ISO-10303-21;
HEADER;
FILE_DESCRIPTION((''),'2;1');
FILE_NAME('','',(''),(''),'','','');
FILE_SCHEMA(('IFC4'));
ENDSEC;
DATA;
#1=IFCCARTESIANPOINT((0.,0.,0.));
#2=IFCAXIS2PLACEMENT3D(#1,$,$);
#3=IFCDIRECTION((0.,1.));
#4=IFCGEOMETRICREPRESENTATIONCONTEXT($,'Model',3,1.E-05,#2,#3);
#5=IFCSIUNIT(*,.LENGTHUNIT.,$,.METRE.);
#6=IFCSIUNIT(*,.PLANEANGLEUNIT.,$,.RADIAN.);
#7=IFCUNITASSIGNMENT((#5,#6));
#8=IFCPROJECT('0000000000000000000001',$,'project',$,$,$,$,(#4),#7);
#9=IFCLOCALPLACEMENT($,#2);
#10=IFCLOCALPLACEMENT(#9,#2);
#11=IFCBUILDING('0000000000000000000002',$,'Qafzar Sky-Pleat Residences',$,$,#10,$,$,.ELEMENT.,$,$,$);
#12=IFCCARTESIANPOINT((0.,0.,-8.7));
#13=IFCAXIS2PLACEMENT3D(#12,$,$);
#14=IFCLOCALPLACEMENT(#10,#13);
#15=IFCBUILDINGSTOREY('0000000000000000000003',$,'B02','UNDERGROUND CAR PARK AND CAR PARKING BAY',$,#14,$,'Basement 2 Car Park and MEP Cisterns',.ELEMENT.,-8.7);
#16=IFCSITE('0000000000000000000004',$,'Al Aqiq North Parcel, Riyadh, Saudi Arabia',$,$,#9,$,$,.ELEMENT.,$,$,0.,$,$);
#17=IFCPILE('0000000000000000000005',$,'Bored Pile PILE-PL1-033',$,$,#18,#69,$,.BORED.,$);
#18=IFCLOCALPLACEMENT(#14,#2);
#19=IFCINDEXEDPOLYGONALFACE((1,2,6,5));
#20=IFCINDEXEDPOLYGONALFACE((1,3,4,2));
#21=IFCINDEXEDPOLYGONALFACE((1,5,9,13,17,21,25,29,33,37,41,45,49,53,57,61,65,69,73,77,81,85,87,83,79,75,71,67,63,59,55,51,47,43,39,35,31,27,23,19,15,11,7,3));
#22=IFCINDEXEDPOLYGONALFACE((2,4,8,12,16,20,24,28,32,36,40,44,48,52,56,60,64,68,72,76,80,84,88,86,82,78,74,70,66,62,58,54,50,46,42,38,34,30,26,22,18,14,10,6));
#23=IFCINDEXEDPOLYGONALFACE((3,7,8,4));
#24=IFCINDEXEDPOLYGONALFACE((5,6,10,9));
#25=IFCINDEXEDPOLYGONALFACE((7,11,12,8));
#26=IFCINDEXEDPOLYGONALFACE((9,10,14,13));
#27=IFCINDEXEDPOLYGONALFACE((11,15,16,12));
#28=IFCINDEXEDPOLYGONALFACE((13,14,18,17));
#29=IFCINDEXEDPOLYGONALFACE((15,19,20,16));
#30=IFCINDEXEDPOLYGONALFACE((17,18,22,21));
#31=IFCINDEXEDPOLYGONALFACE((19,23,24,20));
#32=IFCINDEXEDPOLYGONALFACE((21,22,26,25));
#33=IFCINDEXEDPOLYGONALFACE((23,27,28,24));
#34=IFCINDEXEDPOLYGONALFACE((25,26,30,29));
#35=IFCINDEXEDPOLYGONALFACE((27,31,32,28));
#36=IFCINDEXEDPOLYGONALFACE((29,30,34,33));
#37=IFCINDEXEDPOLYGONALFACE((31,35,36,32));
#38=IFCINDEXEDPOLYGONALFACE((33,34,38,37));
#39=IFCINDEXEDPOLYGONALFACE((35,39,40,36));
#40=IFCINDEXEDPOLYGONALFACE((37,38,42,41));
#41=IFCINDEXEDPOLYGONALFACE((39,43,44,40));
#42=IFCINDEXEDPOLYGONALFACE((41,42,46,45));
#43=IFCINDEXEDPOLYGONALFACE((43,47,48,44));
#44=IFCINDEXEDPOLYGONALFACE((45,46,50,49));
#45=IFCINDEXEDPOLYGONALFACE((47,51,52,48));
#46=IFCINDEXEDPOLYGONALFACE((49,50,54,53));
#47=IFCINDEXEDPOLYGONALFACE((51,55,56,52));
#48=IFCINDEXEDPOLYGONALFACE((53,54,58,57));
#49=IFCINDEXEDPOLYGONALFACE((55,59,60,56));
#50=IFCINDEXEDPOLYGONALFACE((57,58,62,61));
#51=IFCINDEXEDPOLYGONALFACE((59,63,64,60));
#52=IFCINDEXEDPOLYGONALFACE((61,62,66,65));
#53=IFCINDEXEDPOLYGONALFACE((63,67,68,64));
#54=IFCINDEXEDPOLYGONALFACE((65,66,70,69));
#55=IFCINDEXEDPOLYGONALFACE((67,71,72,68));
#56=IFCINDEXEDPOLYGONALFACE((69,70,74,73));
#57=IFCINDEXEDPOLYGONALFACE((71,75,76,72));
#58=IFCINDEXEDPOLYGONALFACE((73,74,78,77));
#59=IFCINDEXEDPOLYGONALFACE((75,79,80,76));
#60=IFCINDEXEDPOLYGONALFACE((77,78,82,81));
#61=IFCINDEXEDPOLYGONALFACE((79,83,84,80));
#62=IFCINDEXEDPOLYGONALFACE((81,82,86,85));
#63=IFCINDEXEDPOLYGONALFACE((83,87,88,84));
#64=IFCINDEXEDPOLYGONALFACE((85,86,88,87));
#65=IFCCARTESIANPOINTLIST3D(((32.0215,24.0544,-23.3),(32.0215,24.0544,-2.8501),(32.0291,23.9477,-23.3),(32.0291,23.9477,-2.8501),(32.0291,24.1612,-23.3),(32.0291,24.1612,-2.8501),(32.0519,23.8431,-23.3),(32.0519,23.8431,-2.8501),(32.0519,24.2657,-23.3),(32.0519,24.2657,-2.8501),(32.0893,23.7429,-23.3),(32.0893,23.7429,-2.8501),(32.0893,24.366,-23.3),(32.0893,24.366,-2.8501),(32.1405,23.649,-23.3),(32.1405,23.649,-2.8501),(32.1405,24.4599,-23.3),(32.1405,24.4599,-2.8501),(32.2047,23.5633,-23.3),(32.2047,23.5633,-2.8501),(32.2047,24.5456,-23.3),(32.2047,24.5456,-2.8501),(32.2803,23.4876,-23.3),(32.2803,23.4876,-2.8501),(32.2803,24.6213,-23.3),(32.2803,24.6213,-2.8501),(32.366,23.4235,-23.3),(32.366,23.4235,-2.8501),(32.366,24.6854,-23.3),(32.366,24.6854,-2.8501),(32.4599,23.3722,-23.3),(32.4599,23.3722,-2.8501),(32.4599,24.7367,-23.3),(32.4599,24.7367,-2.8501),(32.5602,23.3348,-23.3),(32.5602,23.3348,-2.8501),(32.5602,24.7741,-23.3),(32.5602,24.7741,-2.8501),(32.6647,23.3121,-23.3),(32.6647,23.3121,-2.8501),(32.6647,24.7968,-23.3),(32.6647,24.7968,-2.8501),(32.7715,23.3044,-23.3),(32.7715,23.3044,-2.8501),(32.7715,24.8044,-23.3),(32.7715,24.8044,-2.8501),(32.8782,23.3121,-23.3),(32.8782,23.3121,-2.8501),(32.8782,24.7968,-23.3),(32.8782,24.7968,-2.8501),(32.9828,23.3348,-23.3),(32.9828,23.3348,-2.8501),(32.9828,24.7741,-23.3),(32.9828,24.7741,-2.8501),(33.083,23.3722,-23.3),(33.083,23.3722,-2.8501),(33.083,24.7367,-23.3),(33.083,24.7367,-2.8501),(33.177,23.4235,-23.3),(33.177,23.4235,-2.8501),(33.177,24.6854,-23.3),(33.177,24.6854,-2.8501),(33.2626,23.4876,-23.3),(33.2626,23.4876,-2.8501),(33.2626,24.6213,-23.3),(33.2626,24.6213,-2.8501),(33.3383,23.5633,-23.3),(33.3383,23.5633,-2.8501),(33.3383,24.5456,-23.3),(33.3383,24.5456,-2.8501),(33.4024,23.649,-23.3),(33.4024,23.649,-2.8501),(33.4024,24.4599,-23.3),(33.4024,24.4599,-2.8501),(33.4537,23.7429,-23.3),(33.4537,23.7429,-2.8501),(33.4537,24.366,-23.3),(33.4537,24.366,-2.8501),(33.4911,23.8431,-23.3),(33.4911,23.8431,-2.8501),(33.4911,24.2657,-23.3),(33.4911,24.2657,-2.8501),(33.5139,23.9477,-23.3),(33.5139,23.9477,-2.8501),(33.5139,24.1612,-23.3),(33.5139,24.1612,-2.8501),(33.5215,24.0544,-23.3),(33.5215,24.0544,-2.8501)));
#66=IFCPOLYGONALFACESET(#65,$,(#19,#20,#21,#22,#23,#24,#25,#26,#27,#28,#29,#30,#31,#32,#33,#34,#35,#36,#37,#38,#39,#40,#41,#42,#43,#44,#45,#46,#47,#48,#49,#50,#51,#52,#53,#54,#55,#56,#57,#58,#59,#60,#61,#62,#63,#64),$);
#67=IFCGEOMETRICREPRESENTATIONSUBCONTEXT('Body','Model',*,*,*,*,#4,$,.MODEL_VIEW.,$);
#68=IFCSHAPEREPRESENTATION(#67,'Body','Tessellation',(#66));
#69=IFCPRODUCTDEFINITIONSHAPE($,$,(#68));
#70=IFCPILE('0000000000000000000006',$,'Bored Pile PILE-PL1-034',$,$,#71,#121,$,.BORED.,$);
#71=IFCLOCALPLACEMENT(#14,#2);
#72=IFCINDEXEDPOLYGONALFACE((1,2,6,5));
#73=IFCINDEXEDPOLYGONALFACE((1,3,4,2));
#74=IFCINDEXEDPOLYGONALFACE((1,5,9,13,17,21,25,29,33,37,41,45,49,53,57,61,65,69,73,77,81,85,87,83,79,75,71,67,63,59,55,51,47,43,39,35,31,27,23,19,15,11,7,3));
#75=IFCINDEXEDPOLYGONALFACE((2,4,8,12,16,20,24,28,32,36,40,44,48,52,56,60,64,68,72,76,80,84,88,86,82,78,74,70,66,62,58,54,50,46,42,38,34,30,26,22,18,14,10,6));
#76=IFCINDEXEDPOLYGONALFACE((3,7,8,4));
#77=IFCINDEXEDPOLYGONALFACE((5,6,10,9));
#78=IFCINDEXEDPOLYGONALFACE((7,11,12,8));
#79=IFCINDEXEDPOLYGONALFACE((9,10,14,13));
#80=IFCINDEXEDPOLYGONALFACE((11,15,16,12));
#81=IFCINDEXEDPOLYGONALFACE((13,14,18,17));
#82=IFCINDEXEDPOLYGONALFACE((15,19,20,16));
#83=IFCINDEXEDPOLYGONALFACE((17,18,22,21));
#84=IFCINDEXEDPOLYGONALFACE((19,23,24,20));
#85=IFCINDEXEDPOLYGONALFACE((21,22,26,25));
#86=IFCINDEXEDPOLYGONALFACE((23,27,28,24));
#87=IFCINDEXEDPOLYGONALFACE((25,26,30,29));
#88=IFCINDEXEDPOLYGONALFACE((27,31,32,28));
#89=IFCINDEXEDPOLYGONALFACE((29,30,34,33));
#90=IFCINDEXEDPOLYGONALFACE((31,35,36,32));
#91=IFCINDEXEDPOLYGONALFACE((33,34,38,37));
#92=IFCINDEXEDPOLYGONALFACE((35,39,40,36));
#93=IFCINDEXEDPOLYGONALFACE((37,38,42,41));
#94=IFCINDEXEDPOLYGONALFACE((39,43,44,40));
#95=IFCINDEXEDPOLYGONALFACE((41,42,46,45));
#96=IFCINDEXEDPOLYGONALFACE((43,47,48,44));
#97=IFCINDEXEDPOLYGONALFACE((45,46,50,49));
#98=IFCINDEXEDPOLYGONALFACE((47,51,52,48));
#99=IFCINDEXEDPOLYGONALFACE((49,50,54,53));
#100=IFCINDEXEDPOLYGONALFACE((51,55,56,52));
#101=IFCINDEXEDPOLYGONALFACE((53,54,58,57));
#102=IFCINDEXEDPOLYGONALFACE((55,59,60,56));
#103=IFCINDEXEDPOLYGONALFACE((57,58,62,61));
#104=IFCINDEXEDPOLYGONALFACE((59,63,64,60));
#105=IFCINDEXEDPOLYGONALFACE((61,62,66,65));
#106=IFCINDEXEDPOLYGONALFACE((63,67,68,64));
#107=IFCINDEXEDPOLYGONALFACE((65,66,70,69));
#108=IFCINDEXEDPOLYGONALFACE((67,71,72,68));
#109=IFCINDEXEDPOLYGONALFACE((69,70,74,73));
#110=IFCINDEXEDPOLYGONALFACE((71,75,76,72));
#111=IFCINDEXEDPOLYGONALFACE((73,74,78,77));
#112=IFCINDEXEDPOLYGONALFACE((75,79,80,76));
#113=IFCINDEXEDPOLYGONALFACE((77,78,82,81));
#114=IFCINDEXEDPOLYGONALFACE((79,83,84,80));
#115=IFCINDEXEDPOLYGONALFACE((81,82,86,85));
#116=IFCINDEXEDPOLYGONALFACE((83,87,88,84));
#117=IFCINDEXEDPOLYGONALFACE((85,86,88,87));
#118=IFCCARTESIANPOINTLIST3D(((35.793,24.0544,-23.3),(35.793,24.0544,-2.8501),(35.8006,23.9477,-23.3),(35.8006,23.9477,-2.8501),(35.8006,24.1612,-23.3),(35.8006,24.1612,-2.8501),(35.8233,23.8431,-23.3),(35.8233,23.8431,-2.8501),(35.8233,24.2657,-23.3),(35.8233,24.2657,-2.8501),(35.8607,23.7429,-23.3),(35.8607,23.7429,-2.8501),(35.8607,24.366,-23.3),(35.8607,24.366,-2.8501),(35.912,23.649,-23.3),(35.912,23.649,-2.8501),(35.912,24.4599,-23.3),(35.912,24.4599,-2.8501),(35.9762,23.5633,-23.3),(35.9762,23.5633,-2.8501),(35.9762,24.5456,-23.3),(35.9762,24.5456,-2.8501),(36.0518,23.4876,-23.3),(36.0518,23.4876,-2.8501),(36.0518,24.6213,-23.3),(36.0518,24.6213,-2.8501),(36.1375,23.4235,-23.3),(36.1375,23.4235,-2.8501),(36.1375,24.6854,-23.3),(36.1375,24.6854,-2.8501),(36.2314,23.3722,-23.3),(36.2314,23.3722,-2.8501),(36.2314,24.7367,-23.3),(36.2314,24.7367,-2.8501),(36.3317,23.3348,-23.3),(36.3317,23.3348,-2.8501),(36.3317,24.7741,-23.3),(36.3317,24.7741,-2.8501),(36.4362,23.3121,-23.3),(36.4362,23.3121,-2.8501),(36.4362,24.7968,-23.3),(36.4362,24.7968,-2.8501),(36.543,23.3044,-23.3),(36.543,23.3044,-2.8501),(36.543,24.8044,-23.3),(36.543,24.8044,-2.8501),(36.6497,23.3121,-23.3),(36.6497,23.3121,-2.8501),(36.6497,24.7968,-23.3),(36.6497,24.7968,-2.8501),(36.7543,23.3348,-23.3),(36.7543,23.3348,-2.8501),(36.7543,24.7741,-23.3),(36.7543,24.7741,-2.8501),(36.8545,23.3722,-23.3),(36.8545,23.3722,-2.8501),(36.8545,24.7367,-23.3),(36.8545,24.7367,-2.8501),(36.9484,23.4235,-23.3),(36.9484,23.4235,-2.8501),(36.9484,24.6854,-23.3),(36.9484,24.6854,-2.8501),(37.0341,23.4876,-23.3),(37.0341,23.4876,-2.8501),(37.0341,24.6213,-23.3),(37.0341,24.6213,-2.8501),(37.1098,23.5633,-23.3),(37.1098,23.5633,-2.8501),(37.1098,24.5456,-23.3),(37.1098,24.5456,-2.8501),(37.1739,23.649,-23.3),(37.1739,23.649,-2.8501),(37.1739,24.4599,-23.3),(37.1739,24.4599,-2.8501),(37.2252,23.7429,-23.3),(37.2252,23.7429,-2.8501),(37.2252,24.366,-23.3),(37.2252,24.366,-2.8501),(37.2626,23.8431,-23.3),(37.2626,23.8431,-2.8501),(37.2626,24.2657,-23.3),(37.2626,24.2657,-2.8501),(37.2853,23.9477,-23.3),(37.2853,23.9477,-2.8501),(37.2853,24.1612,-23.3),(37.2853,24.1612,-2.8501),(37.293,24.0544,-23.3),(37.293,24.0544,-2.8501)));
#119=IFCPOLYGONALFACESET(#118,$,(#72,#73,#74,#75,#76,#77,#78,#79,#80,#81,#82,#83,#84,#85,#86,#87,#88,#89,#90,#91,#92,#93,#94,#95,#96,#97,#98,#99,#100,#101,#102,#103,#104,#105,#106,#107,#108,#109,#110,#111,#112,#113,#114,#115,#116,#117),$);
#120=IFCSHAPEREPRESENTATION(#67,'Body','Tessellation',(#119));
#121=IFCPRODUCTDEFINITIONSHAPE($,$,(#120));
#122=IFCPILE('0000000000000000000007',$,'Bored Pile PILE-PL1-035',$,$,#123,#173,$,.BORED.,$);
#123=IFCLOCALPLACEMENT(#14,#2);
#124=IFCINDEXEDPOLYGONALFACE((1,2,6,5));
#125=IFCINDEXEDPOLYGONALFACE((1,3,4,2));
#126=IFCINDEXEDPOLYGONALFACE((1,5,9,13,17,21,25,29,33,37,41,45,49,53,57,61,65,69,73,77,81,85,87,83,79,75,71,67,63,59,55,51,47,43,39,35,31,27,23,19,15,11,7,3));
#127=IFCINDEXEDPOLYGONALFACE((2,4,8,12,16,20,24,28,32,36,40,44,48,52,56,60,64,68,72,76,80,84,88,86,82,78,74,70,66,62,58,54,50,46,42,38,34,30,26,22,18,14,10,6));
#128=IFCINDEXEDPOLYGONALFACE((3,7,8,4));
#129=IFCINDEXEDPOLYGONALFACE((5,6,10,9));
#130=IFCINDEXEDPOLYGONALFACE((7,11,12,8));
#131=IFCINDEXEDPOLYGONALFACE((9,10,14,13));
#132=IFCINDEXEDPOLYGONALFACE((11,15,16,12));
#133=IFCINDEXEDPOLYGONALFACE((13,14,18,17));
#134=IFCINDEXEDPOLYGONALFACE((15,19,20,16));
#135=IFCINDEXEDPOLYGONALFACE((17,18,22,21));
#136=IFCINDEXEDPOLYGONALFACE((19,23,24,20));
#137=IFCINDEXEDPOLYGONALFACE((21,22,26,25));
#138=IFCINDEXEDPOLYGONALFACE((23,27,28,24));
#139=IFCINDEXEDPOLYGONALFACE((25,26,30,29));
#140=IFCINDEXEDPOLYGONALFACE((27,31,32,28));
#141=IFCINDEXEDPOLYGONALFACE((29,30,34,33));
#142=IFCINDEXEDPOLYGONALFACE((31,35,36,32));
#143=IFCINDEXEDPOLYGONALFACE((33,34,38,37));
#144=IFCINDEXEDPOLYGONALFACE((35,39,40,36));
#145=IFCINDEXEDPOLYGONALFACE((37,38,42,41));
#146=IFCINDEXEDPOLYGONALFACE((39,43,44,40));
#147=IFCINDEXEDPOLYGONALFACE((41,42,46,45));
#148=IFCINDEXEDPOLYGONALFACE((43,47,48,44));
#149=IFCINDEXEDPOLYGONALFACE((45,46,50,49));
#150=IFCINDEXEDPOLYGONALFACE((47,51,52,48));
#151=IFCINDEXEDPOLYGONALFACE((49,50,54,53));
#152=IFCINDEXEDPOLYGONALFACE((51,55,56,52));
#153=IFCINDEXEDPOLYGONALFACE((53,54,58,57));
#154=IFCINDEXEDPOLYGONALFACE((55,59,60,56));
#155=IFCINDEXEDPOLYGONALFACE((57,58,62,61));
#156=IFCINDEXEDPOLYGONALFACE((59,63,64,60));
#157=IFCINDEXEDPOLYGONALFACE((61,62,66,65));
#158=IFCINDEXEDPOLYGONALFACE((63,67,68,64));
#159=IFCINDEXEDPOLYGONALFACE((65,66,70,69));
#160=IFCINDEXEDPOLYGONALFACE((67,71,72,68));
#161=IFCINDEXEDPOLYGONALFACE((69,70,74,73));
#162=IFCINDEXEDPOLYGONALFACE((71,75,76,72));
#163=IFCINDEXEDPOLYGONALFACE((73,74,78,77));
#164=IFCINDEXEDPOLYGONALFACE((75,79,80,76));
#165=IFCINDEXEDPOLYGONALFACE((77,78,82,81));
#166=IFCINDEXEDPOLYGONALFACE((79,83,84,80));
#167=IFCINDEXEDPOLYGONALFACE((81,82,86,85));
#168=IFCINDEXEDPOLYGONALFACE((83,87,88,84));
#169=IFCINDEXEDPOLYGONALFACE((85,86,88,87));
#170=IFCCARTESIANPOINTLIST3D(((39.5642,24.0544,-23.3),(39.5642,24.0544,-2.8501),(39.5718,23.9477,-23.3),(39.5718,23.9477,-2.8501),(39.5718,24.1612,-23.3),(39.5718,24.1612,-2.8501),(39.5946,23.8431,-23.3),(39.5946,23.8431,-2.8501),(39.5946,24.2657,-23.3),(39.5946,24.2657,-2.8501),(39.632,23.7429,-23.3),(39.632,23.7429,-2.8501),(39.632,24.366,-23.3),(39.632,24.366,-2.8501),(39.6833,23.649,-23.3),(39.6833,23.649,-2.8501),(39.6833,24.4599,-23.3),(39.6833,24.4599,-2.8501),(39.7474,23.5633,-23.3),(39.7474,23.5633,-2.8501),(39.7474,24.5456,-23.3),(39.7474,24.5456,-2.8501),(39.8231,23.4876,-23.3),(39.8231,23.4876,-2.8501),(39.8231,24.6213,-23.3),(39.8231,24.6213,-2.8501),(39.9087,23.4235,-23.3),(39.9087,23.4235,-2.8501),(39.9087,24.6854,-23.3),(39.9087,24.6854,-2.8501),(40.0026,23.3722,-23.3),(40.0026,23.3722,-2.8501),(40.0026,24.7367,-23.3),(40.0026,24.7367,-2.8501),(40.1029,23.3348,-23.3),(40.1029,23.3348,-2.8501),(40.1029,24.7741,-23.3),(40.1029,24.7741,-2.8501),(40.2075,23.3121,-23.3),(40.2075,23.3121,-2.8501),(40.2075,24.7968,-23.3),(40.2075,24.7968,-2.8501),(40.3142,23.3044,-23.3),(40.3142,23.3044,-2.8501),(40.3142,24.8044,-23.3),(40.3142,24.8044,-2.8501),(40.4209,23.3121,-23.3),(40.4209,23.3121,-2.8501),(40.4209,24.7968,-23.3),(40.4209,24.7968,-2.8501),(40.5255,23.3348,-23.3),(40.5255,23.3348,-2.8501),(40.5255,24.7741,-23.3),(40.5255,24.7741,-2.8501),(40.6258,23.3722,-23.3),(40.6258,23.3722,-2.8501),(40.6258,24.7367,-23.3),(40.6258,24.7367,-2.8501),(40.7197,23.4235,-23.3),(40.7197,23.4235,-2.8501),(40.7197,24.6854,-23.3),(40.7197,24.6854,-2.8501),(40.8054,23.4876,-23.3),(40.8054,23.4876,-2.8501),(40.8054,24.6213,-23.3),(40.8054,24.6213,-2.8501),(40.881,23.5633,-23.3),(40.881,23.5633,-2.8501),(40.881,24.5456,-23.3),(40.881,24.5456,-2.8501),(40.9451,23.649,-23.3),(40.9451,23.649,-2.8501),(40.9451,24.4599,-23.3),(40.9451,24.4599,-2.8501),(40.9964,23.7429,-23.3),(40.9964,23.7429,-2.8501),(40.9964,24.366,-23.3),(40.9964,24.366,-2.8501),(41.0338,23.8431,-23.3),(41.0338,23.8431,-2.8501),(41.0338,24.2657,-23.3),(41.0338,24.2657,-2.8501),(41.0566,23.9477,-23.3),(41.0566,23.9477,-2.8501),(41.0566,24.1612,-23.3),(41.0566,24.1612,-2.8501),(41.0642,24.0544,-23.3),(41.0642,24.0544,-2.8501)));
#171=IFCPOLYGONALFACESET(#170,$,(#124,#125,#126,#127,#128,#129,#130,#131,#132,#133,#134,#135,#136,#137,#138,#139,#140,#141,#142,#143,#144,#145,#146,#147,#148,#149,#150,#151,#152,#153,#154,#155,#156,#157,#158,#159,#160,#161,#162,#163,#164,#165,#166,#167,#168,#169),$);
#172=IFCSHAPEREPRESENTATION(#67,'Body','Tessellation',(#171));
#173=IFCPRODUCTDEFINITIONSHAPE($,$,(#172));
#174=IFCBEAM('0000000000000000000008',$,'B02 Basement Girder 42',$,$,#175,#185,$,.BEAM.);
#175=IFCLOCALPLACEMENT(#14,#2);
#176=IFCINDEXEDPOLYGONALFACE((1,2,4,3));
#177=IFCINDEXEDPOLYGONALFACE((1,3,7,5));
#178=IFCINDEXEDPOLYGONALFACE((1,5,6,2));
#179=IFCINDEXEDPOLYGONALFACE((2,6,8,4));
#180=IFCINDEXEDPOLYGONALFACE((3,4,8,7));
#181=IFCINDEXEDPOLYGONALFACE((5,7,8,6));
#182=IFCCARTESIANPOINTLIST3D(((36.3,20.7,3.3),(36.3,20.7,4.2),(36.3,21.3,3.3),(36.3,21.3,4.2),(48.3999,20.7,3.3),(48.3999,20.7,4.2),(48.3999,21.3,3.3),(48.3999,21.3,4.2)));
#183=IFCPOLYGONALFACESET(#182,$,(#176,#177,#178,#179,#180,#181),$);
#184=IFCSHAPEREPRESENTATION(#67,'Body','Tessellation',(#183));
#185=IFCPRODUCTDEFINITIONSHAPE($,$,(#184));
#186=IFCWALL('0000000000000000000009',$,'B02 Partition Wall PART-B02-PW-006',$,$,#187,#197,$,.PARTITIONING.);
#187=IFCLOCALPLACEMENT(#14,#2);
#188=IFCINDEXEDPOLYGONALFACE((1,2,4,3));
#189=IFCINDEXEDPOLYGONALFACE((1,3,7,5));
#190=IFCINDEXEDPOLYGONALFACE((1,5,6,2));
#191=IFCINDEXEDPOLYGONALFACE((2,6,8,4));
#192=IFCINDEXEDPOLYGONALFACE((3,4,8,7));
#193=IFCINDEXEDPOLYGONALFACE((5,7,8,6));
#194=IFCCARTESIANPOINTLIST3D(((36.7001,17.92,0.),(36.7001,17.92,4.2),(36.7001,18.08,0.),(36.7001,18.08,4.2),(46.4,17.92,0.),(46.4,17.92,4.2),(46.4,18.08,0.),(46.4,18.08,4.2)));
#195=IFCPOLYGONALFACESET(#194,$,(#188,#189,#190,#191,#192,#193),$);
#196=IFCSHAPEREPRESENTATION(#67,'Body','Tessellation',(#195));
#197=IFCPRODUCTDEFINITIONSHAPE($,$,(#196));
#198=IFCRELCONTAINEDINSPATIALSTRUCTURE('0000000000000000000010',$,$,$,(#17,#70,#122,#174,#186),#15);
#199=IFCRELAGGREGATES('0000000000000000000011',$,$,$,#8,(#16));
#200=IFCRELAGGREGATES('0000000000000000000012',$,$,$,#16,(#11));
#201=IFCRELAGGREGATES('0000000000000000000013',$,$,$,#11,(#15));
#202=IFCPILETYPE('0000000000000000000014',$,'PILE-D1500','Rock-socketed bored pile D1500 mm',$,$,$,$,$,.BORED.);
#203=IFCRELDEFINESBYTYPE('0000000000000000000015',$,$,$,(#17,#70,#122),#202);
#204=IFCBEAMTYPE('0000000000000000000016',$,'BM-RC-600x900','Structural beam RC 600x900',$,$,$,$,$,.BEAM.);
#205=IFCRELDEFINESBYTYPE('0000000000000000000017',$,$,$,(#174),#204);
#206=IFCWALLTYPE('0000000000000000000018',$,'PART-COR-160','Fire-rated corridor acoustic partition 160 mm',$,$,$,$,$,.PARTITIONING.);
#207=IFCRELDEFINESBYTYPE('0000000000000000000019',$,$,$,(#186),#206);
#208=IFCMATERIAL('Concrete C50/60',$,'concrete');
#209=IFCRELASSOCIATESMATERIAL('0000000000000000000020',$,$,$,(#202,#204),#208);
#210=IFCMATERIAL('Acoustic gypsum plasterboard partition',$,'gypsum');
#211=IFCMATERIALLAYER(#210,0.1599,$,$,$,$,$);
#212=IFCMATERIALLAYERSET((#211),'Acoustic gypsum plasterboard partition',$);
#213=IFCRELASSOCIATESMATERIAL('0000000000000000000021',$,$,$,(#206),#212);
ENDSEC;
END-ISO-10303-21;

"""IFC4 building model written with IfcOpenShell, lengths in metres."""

from ifc_helpers import new_model, si_unit, direction, frame, frame_2d, origin, origin_2d, place, context, subcontext, project, spatial, rectangle, circle, extrude, source, transform, mapped, material, layer, layer_set, material_profile, profile_set, type_object, element, save


model = new_model("IFC4")

# Units and contexts
model_context = context("Model", 3, precision=1e-05, world=origin(), true_north=direction((0.0, 1.0)))
body_context = subcontext(model_context, "Body", "Model", "MODEL_VIEW")
ifc_project = project(units=[si_unit("LENGTHUNIT", "METRE"), si_unit("PLANEANGLEUNIT", "RADIAN")], contexts=[model_context])

# Site, building, storey
site_placement = place(None, origin())
site = spatial("IfcSite", under=ifc_project, at=site_placement, Name="Al Aqiq North Parcel, Riyadh, Saudi Arabia", CompositionType="ELEMENT", RefElevation=0.0)
building_placement = place(site_placement, origin())
building = spatial("IfcBuilding", under=site, at=building_placement, Name="Qafzar Sky-Pleat Residences", CompositionType="ELEMENT")
storey_placement = place(building_placement, frame((0.0, 0.0, -8.7)))
storey = spatial("IfcBuildingStorey", under=building, at=storey_placement, Name="B02", Description="UNDERGROUND CAR PARK AND CAR PARKING BAY", LongName="Basement 2 Car Park and MEP Cisterns", CompositionType="ELEMENT", Elevation=-8.7)

# Piles
ifc_material_1 = material(Name="Concrete C50/60", Category="concrete")
ifc_material_profile_1 = material_profile(ifc_material_1, circle(Radius=0.75, at=origin_2d()), Name="PILE D1500")
ifc_profile_set_1 = profile_set([ifc_material_profile_1], Name="Concrete C50/60")
pile_type = type_object("IfcPileType", Name="PILE-D1500", Description="Rock-socketed bored pile D1500 mm", PredefinedType="BORED", material=ifc_profile_set_1)
shared_shape_1 = source(origin(), body_context, "Body", "SweptSolid", [
    extrude(circle(Radius=0.75, at=origin_2d()), origin(), (0.0, 0.0, 1.0), 20.45),
])
for number, where, z_axis, x_axis, name in (
    (1, (32.7715, 24.0544, -2.8501), (0.0, 0.0, -1.0), (1.0, 0.0, 0.0), "Bored Pile PILE-PL1-033"),
    (2, (36.543, 24.0544, -2.8501), (0.0, 0.0, -1.0), (1.0, 0.0, 0.0), "Bored Pile PILE-PL1-034"),
    (3, (40.3142, 24.0544, -2.8501), (0.0, 0.0, -1.0), (1.0, 0.0, 0.0), "Bored Pile PILE-PL1-035"),
):
    element("IfcPile", number, at=place(storey_placement, frame(where, z_axis=z_axis, x_axis=x_axis)), inside=storey, type_object=pile_type, Name=name, PredefinedType="BORED", context=body_context, shape_type="MappedRepresentation", body=[
        mapped(shared_shape_1, transform((0.0, 0.0, 0.0), x_axis=(1.0, 0.0, 0.0), y_axis=(0.0, 1.0, 0.0), z_axis=(0.0, 0.0, 1.0), scale=1.0)),
    ])

# Beam
ifc_material_profile_2 = material_profile(ifc_material_1, rectangle(XDim=0.6001, YDim=0.8999, at=origin_2d()), Name="RC 600x900")
ifc_profile_set_2 = profile_set([ifc_material_profile_2], Name="Concrete C50/60")
beam_type = type_object("IfcBeamType", Name="BM-RC-600x900", Description="Structural beam RC 600x900", PredefinedType="BEAM", material=ifc_profile_set_2)
shared_shape_2 = source(origin(), body_context, "Body", "SweptSolid", [
    extrude(rectangle(XDim=0.6001, YDim=0.8999, at=origin_2d()), origin(), (0.0, 0.0, 1.0), 12.0999),
])
beam_placement = place(storey_placement, frame((36.3, 21.0, 3.75), z_axis=(1.0, 0.0, 0.0), x_axis=(0.0, 1.0, 0.0)))
element("IfcBeam", 4, at=beam_placement, inside=storey, type_object=beam_type, Name="B02 Basement Girder 42", PredefinedType="BEAM", context=body_context, shape_type="MappedRepresentation", body=[
    mapped(shared_shape_2, transform((0.0, 0.0, 0.0), x_axis=(1.0, 0.0, 0.0), y_axis=(0.0, 1.0, 0.0), z_axis=(0.0, 0.0, 1.0), scale=1.0)),
])

# Wall
ifc_material_2 = material(Name="Acoustic gypsum plasterboard partition", Category="gypsum")
ifc_layer_1 = layer(ifc_material_2, 0.1599)
ifc_layer_set_1 = layer_set([ifc_layer_1], Name="Acoustic gypsum plasterboard partition")
wall_type_1 = type_object("IfcWallType", Name="PART-COR-160", Description="Fire-rated corridor acoustic partition 160 mm", PredefinedType="PARTITIONING", material=ifc_layer_set_1)
wall_1_placement = place(storey_placement, frame((36.7, 18.0, 0.0), z_axis=(0.0, 0.0, 1.0), x_axis=(1.0, 0.0, 0.0)))
element("IfcWall", 5, at=wall_1_placement, inside=storey, type_object=wall_type_1, Name="B02 Partition Wall PART-B02-PW-006", PredefinedType="PARTITIONING", context=body_context, shape_type="SweptSolid", body=[
    extrude(rectangle(XDim=9.7, YDim=0.1599, at=frame_2d((4.8501, 0.0))), origin(), (0.0, 0.0, 1.0), 4.2),
])

save(model, "model.ifc")
